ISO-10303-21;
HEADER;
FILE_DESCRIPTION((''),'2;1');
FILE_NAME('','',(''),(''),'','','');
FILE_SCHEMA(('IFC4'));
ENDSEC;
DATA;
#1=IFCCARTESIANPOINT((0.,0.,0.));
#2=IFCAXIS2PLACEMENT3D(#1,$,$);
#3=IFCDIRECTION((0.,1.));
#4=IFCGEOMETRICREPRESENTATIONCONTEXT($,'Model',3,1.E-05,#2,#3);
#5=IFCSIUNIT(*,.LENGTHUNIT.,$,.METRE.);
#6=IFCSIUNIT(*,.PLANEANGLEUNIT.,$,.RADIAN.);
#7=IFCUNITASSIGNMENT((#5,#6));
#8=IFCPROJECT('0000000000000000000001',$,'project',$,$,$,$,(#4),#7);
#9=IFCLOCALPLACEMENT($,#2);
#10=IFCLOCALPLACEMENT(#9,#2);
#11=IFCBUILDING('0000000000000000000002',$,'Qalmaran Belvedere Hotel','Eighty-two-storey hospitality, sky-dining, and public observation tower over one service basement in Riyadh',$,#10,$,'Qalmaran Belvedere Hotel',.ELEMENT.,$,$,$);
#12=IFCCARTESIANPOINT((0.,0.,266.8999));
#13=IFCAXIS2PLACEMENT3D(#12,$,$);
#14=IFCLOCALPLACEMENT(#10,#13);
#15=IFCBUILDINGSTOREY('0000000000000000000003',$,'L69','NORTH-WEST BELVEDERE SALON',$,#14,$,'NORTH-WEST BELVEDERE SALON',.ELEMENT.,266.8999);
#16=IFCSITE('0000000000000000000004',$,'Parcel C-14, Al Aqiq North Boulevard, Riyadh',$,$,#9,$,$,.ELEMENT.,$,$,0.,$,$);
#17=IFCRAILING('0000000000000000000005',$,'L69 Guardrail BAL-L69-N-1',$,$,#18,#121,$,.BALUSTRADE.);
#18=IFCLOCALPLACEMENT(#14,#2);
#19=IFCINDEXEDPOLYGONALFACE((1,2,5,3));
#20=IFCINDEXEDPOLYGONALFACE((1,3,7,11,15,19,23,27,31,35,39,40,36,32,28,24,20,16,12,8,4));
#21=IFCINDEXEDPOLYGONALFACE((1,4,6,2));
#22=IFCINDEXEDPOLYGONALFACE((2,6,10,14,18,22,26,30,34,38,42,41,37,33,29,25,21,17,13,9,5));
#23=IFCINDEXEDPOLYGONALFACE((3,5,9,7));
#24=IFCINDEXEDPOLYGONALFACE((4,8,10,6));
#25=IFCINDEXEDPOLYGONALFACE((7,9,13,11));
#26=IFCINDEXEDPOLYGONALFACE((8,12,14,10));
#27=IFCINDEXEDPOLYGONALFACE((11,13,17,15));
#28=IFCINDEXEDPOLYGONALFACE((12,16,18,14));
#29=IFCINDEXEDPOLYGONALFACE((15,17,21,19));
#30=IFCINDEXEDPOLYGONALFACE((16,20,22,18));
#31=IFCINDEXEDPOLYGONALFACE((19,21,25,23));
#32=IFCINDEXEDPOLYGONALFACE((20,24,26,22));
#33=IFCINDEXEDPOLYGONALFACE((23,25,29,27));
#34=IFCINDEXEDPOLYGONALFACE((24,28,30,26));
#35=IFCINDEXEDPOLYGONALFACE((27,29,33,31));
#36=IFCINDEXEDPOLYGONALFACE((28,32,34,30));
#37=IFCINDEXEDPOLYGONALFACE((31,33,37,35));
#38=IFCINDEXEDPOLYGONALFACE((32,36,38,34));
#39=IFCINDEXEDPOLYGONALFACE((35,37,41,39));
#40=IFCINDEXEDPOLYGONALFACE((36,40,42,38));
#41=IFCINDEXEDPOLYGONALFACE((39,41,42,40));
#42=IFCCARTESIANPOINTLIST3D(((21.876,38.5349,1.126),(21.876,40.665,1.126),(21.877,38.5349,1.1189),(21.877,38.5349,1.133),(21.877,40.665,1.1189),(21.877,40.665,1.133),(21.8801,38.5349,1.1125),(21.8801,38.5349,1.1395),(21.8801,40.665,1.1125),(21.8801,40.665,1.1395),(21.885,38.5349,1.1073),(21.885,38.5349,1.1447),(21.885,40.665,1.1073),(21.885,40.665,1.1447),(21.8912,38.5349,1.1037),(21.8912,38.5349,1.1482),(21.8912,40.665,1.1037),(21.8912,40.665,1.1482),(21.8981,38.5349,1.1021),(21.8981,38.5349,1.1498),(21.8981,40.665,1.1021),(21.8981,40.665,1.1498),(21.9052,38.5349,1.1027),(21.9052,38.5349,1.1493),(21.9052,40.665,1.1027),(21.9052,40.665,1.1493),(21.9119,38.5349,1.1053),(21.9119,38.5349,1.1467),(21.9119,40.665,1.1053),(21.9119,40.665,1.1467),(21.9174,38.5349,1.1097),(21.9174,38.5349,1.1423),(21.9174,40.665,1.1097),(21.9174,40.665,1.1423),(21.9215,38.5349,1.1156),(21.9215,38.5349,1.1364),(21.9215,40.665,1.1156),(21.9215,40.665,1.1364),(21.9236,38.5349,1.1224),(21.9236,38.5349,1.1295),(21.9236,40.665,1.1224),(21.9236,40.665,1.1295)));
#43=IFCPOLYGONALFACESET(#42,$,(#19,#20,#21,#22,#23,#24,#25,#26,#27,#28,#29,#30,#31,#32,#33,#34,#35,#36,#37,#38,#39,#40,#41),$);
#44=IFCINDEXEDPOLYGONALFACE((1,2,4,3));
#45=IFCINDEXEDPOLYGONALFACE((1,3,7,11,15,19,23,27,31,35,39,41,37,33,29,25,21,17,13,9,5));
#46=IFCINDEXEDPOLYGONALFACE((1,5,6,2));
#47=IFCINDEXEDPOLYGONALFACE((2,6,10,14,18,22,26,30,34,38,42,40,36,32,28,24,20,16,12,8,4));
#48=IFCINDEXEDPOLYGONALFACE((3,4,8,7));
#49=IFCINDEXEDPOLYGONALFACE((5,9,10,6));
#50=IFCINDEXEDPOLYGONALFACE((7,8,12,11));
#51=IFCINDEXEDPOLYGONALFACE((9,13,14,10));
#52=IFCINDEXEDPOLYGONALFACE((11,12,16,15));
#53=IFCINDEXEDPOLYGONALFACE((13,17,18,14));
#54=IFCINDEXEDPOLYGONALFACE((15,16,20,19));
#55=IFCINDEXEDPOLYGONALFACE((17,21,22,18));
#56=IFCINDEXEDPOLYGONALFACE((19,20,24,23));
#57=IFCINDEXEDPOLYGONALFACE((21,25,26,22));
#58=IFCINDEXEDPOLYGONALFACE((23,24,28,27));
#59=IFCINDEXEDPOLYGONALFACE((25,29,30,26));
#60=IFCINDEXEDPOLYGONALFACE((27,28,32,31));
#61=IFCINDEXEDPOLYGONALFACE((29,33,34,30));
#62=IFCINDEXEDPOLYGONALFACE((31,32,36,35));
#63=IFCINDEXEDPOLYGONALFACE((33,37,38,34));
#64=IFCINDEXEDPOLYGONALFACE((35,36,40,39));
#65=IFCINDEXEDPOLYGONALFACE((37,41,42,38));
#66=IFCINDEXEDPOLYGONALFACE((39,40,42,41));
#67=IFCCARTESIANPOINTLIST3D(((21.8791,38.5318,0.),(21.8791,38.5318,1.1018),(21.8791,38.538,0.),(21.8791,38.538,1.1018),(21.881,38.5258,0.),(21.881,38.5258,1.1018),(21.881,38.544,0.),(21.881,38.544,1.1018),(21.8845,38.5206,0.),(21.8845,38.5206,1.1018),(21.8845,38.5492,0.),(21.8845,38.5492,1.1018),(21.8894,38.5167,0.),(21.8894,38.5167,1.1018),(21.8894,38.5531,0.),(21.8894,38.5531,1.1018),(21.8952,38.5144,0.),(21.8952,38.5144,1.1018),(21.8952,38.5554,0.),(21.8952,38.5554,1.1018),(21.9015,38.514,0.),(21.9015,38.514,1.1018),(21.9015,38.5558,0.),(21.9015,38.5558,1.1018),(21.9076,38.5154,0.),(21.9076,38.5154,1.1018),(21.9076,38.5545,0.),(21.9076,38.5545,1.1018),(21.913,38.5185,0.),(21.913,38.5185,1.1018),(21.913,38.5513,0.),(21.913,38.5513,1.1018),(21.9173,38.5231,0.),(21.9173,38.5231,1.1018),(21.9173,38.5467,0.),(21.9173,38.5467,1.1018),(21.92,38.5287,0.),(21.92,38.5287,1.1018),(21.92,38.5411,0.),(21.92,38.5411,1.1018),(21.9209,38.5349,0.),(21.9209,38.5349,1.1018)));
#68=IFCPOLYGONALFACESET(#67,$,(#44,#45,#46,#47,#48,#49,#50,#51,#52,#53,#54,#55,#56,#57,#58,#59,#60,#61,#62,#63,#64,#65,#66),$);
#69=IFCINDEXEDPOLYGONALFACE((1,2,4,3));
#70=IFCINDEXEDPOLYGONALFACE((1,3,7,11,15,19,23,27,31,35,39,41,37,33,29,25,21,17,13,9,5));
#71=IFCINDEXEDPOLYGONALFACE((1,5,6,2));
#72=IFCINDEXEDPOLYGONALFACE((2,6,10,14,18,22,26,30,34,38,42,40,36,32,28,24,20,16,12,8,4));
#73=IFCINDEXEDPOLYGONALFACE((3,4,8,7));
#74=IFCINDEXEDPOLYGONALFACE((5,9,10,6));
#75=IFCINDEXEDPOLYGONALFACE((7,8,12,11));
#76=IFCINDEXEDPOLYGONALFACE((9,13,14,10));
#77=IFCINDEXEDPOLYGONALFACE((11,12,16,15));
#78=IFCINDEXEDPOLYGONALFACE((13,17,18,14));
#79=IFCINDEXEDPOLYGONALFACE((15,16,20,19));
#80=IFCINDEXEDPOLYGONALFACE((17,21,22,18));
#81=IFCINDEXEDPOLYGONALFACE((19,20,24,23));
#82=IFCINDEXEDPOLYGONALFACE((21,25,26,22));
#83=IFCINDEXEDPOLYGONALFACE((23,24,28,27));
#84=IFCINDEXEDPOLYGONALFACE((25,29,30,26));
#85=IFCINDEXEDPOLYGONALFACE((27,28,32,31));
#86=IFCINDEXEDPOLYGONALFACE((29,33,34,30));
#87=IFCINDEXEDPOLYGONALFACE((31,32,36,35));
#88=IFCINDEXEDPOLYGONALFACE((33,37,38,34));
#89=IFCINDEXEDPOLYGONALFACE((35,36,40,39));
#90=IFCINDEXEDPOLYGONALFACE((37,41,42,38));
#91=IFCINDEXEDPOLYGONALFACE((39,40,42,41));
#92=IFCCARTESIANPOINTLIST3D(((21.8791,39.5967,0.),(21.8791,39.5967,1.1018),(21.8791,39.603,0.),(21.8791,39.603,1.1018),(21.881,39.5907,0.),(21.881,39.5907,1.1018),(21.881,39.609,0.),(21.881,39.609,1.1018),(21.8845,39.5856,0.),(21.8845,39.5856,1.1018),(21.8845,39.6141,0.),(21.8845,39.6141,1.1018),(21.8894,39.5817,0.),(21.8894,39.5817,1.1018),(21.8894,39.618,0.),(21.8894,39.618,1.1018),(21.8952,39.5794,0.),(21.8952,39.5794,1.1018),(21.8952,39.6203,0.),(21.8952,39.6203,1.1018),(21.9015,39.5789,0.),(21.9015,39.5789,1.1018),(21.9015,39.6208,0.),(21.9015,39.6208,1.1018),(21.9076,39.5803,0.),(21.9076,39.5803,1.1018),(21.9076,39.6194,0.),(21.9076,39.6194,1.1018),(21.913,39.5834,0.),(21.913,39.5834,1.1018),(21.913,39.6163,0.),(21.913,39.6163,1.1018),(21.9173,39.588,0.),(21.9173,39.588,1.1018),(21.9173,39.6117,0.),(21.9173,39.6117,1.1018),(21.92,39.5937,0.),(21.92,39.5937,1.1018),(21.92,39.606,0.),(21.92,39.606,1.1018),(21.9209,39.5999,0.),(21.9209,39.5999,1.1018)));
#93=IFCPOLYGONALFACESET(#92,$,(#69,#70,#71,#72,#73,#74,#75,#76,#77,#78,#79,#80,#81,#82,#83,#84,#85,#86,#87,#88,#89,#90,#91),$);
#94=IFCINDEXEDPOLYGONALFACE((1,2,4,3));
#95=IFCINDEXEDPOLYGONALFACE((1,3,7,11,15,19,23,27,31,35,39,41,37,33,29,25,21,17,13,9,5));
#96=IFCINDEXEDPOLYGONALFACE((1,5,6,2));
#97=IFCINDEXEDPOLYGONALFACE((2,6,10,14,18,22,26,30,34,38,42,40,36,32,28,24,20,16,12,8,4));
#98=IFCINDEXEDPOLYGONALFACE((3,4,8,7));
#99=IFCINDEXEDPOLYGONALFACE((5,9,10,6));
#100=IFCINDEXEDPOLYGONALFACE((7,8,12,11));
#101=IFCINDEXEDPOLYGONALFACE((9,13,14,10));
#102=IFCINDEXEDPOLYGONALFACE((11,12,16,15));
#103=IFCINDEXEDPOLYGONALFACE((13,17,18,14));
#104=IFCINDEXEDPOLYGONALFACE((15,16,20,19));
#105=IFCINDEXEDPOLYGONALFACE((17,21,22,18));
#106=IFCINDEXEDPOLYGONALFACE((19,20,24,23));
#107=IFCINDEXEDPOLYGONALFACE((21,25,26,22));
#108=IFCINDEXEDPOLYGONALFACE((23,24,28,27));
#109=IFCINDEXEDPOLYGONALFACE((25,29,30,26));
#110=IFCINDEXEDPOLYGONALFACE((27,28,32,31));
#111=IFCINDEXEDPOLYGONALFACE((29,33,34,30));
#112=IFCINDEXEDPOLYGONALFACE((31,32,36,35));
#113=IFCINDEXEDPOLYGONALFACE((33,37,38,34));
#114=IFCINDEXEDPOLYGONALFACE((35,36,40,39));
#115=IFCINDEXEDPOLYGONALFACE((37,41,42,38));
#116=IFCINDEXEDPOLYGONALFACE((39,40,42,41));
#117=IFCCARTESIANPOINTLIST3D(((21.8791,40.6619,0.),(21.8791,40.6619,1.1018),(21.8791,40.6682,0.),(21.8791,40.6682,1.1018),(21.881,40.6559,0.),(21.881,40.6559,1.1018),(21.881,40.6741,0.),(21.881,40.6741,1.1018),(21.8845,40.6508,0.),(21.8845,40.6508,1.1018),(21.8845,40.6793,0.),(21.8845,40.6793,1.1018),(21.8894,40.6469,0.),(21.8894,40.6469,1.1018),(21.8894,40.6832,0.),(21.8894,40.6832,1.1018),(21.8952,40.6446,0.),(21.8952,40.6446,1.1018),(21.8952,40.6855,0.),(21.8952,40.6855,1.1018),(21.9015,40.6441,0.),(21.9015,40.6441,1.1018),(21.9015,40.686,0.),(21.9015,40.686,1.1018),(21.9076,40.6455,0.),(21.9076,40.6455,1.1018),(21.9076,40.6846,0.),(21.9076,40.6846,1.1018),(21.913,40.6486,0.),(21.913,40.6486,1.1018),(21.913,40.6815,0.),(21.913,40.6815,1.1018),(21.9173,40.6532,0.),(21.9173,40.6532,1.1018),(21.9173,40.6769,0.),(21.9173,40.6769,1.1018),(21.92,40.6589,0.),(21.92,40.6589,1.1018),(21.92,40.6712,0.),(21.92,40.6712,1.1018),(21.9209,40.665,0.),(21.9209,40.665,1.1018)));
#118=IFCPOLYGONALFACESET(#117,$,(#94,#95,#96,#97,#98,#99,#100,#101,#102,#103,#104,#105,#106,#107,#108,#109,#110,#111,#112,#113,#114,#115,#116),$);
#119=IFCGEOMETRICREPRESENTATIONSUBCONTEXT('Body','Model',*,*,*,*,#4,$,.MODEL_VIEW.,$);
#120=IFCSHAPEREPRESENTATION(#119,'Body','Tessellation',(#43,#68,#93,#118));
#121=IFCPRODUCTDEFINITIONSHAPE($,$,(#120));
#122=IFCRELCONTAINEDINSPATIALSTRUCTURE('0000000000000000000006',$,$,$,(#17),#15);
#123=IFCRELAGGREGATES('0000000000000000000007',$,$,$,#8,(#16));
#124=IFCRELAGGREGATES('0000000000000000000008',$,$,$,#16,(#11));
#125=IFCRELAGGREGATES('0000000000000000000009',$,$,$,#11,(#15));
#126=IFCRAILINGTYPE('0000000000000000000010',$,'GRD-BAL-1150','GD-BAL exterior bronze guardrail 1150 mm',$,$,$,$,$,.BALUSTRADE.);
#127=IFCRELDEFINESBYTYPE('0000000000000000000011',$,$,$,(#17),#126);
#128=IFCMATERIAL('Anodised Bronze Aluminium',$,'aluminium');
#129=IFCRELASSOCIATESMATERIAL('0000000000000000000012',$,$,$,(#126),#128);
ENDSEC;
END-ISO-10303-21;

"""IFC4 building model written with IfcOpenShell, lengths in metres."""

from ifc_helpers import new_model, si_unit, direction, frame, origin, origin_2d, place, context, subcontext, project, spatial, circle, extrude, material, type_object, element, save


model = new_model("IFC4")

# Units and contexts
model_context = context("Model", 3, precision=1e-05, world=origin(), true_north=direction((0.0, 1.0)))
body_context = subcontext(model_context, "Body", "Model", "MODEL_VIEW")
ifc_project = project(units=[si_unit("LENGTHUNIT", "METRE"), si_unit("PLANEANGLEUNIT", "RADIAN")], contexts=[model_context])

# Site, building, storey
site_placement = place(None, origin())
site = spatial("IfcSite", under=ifc_project, at=site_placement, Name="Parcel C-14, Al Aqiq North Boulevard, Riyadh", CompositionType="ELEMENT", RefElevation=0.0)
building_placement = place(site_placement, origin())
building = spatial("IfcBuilding", under=site, at=building_placement, Name="Qalmaran Belvedere Hotel", Description="Eighty-two-storey hospitality, sky-dining, and public observation tower over one service basement in Riyadh", LongName="Qalmaran Belvedere Hotel", CompositionType="ELEMENT")
storey_placement = place(building_placement, frame((0.0, 0.0, 266.8999)))
storey = spatial("IfcBuildingStorey", under=building, at=storey_placement, Name="L69", Description="NORTH-WEST BELVEDERE SALON", LongName="NORTH-WEST BELVEDERE SALON", CompositionType="ELEMENT", Elevation=266.8999)

# Shared definitions
ifc_material_1 = material(Name="Anodised Bronze Aluminium", Category="aluminium")

# Railing
railing_type = type_object("IfcRailingType", Name="GRD-BAL-1150", Description="GD-BAL exterior bronze guardrail 1150 mm", PredefinedType="BALUSTRADE", material=ifc_material_1)
railing_1_placement = place(storey_placement, frame((21.8999, 38.5349, 0.0)))
element("IfcRailing", 1, at=railing_1_placement, inside=storey, type_object=railing_type, Name="L69 Guardrail BAL-L69-N-1", PredefinedType="BALUSTRADE", context=body_context, shape_type="SweptSolid", body=[
    extrude(circle(Radius=0.0239, at=origin_2d()), frame((0.0, 0.0, 1.126), z_axis=(0.0, 1.0, 0.0), x_axis=(-1.0, 0.0, 0.0)), (0.0, 0.0, 1.0), 2.1301),
    extrude(circle(Radius=0.021, at=origin_2d()), origin(), (0.0, 0.0, 1.0), 1.1018),
    extrude(circle(Radius=0.021, at=origin_2d()), frame((0.0, 1.0649, 0.0)), (0.0, 0.0, 1.0), 1.1018),
    extrude(circle(Radius=0.021, at=origin_2d()), frame((0.0, 2.1301, 0.0)), (0.0, 0.0, 1.0), 1.1018),
])

save(model, "model.ifc")
